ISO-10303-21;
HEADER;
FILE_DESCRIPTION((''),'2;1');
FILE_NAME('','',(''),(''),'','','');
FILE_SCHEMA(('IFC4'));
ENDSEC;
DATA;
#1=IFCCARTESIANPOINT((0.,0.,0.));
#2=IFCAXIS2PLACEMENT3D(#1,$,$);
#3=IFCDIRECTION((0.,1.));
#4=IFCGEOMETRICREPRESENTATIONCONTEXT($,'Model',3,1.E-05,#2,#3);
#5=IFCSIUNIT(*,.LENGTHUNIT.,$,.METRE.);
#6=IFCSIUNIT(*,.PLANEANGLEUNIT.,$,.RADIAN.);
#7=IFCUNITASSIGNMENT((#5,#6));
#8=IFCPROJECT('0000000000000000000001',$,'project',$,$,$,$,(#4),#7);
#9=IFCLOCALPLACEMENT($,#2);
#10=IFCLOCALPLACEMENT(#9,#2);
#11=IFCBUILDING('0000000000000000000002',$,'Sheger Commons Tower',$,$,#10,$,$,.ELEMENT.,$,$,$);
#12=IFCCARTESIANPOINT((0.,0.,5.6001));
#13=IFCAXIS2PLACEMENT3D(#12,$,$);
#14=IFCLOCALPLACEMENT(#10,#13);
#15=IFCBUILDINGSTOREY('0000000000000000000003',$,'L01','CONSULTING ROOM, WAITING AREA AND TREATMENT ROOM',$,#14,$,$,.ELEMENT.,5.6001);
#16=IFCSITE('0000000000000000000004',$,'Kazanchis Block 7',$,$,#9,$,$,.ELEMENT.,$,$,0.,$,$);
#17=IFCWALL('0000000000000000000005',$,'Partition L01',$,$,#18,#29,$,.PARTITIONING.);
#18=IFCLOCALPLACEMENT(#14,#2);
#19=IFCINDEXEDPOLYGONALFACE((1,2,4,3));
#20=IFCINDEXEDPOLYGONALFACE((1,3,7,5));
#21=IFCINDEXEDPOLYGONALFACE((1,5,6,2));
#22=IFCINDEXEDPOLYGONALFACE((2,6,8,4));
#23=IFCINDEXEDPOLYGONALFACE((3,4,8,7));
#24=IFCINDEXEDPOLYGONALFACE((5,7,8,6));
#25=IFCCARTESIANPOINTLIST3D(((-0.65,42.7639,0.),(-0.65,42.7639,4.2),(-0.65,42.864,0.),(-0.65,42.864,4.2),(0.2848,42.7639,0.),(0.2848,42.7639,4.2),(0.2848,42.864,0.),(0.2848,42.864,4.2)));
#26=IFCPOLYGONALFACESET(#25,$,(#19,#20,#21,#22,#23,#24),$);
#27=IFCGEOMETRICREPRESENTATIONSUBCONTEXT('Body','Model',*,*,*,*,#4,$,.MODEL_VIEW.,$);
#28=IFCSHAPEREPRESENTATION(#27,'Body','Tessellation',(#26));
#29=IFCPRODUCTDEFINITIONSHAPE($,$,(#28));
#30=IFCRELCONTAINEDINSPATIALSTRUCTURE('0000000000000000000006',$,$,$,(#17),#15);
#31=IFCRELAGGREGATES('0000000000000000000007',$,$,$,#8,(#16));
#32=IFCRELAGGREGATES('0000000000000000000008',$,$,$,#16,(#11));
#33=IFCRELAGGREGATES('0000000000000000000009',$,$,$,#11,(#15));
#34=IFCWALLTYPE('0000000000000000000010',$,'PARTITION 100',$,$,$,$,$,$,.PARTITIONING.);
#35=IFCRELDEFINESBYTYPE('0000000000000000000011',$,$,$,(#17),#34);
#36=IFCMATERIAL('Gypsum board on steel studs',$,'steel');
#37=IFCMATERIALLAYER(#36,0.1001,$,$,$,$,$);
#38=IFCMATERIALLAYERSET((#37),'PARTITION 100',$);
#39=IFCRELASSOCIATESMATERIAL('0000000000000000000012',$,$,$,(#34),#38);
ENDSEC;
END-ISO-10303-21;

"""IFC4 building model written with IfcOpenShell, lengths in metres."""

from ifc_helpers import new_model, si_unit, direction, frame, frame_2d, origin, place, context, subcontext, project, spatial, rectangle, extrude, material, layer, layer_set, type_object, element, save


model = new_model("IFC4")

# Units and contexts
model_context = context("Model", 3, precision=1e-05, world=origin(), true_north=direction((0.0, 1.0)))
body_context = subcontext(model_context, "Body", "Model", "MODEL_VIEW")
ifc_project = project(units=[si_unit("LENGTHUNIT", "METRE"), si_unit("PLANEANGLEUNIT", "RADIAN")], contexts=[model_context])

# Site, building, storey
site_placement = place(None, origin())
site = spatial("IfcSite", under=ifc_project, at=site_placement, Name="Kazanchis Block 7", CompositionType="ELEMENT", RefElevation=0.0)
building_placement = place(site_placement, origin())
building = spatial("IfcBuilding", under=site, at=building_placement, Name="Sheger Commons Tower", CompositionType="ELEMENT")
storey_placement = place(building_placement, frame((0.0, 0.0, 5.6001)))
storey = spatial("IfcBuildingStorey", under=building, at=storey_placement, Name="L01", Description="CONSULTING ROOM, WAITING AREA AND TREATMENT ROOM", CompositionType="ELEMENT", Elevation=5.6001)

# Wall
ifc_material_1 = material(Name="Gypsum board on steel studs", Category="steel")
ifc_layer_1 = layer(ifc_material_1, 0.1001)
ifc_layer_set_1 = layer_set([ifc_layer_1], Name="PARTITION 100")
wall_type_1 = type_object("IfcWallType", Name="PARTITION 100", PredefinedType="PARTITIONING", material=ifc_layer_set_1)
for number, where, z_axis, x_axis, name in (
    (1, (-0.6499, 42.814, 0.0), (0.0, 0.0, 1.0), (1.0, 0.0, 0.0), "Partition L01"),
):
    element("IfcWall", number, at=place(storey_placement, frame(where, z_axis=z_axis, x_axis=x_axis)), inside=storey, type_object=wall_type_1, Name=name, PredefinedType="PARTITIONING", context=body_context, shape_type="SweptSolid", body=[
        extrude(rectangle(XDim=0.9348, YDim=0.1001, at=frame_2d((0.4673, 0.0))), origin(), (0.0, 0.0, 1.0), 4.2),
    ])

save(model, "model.ifc")
